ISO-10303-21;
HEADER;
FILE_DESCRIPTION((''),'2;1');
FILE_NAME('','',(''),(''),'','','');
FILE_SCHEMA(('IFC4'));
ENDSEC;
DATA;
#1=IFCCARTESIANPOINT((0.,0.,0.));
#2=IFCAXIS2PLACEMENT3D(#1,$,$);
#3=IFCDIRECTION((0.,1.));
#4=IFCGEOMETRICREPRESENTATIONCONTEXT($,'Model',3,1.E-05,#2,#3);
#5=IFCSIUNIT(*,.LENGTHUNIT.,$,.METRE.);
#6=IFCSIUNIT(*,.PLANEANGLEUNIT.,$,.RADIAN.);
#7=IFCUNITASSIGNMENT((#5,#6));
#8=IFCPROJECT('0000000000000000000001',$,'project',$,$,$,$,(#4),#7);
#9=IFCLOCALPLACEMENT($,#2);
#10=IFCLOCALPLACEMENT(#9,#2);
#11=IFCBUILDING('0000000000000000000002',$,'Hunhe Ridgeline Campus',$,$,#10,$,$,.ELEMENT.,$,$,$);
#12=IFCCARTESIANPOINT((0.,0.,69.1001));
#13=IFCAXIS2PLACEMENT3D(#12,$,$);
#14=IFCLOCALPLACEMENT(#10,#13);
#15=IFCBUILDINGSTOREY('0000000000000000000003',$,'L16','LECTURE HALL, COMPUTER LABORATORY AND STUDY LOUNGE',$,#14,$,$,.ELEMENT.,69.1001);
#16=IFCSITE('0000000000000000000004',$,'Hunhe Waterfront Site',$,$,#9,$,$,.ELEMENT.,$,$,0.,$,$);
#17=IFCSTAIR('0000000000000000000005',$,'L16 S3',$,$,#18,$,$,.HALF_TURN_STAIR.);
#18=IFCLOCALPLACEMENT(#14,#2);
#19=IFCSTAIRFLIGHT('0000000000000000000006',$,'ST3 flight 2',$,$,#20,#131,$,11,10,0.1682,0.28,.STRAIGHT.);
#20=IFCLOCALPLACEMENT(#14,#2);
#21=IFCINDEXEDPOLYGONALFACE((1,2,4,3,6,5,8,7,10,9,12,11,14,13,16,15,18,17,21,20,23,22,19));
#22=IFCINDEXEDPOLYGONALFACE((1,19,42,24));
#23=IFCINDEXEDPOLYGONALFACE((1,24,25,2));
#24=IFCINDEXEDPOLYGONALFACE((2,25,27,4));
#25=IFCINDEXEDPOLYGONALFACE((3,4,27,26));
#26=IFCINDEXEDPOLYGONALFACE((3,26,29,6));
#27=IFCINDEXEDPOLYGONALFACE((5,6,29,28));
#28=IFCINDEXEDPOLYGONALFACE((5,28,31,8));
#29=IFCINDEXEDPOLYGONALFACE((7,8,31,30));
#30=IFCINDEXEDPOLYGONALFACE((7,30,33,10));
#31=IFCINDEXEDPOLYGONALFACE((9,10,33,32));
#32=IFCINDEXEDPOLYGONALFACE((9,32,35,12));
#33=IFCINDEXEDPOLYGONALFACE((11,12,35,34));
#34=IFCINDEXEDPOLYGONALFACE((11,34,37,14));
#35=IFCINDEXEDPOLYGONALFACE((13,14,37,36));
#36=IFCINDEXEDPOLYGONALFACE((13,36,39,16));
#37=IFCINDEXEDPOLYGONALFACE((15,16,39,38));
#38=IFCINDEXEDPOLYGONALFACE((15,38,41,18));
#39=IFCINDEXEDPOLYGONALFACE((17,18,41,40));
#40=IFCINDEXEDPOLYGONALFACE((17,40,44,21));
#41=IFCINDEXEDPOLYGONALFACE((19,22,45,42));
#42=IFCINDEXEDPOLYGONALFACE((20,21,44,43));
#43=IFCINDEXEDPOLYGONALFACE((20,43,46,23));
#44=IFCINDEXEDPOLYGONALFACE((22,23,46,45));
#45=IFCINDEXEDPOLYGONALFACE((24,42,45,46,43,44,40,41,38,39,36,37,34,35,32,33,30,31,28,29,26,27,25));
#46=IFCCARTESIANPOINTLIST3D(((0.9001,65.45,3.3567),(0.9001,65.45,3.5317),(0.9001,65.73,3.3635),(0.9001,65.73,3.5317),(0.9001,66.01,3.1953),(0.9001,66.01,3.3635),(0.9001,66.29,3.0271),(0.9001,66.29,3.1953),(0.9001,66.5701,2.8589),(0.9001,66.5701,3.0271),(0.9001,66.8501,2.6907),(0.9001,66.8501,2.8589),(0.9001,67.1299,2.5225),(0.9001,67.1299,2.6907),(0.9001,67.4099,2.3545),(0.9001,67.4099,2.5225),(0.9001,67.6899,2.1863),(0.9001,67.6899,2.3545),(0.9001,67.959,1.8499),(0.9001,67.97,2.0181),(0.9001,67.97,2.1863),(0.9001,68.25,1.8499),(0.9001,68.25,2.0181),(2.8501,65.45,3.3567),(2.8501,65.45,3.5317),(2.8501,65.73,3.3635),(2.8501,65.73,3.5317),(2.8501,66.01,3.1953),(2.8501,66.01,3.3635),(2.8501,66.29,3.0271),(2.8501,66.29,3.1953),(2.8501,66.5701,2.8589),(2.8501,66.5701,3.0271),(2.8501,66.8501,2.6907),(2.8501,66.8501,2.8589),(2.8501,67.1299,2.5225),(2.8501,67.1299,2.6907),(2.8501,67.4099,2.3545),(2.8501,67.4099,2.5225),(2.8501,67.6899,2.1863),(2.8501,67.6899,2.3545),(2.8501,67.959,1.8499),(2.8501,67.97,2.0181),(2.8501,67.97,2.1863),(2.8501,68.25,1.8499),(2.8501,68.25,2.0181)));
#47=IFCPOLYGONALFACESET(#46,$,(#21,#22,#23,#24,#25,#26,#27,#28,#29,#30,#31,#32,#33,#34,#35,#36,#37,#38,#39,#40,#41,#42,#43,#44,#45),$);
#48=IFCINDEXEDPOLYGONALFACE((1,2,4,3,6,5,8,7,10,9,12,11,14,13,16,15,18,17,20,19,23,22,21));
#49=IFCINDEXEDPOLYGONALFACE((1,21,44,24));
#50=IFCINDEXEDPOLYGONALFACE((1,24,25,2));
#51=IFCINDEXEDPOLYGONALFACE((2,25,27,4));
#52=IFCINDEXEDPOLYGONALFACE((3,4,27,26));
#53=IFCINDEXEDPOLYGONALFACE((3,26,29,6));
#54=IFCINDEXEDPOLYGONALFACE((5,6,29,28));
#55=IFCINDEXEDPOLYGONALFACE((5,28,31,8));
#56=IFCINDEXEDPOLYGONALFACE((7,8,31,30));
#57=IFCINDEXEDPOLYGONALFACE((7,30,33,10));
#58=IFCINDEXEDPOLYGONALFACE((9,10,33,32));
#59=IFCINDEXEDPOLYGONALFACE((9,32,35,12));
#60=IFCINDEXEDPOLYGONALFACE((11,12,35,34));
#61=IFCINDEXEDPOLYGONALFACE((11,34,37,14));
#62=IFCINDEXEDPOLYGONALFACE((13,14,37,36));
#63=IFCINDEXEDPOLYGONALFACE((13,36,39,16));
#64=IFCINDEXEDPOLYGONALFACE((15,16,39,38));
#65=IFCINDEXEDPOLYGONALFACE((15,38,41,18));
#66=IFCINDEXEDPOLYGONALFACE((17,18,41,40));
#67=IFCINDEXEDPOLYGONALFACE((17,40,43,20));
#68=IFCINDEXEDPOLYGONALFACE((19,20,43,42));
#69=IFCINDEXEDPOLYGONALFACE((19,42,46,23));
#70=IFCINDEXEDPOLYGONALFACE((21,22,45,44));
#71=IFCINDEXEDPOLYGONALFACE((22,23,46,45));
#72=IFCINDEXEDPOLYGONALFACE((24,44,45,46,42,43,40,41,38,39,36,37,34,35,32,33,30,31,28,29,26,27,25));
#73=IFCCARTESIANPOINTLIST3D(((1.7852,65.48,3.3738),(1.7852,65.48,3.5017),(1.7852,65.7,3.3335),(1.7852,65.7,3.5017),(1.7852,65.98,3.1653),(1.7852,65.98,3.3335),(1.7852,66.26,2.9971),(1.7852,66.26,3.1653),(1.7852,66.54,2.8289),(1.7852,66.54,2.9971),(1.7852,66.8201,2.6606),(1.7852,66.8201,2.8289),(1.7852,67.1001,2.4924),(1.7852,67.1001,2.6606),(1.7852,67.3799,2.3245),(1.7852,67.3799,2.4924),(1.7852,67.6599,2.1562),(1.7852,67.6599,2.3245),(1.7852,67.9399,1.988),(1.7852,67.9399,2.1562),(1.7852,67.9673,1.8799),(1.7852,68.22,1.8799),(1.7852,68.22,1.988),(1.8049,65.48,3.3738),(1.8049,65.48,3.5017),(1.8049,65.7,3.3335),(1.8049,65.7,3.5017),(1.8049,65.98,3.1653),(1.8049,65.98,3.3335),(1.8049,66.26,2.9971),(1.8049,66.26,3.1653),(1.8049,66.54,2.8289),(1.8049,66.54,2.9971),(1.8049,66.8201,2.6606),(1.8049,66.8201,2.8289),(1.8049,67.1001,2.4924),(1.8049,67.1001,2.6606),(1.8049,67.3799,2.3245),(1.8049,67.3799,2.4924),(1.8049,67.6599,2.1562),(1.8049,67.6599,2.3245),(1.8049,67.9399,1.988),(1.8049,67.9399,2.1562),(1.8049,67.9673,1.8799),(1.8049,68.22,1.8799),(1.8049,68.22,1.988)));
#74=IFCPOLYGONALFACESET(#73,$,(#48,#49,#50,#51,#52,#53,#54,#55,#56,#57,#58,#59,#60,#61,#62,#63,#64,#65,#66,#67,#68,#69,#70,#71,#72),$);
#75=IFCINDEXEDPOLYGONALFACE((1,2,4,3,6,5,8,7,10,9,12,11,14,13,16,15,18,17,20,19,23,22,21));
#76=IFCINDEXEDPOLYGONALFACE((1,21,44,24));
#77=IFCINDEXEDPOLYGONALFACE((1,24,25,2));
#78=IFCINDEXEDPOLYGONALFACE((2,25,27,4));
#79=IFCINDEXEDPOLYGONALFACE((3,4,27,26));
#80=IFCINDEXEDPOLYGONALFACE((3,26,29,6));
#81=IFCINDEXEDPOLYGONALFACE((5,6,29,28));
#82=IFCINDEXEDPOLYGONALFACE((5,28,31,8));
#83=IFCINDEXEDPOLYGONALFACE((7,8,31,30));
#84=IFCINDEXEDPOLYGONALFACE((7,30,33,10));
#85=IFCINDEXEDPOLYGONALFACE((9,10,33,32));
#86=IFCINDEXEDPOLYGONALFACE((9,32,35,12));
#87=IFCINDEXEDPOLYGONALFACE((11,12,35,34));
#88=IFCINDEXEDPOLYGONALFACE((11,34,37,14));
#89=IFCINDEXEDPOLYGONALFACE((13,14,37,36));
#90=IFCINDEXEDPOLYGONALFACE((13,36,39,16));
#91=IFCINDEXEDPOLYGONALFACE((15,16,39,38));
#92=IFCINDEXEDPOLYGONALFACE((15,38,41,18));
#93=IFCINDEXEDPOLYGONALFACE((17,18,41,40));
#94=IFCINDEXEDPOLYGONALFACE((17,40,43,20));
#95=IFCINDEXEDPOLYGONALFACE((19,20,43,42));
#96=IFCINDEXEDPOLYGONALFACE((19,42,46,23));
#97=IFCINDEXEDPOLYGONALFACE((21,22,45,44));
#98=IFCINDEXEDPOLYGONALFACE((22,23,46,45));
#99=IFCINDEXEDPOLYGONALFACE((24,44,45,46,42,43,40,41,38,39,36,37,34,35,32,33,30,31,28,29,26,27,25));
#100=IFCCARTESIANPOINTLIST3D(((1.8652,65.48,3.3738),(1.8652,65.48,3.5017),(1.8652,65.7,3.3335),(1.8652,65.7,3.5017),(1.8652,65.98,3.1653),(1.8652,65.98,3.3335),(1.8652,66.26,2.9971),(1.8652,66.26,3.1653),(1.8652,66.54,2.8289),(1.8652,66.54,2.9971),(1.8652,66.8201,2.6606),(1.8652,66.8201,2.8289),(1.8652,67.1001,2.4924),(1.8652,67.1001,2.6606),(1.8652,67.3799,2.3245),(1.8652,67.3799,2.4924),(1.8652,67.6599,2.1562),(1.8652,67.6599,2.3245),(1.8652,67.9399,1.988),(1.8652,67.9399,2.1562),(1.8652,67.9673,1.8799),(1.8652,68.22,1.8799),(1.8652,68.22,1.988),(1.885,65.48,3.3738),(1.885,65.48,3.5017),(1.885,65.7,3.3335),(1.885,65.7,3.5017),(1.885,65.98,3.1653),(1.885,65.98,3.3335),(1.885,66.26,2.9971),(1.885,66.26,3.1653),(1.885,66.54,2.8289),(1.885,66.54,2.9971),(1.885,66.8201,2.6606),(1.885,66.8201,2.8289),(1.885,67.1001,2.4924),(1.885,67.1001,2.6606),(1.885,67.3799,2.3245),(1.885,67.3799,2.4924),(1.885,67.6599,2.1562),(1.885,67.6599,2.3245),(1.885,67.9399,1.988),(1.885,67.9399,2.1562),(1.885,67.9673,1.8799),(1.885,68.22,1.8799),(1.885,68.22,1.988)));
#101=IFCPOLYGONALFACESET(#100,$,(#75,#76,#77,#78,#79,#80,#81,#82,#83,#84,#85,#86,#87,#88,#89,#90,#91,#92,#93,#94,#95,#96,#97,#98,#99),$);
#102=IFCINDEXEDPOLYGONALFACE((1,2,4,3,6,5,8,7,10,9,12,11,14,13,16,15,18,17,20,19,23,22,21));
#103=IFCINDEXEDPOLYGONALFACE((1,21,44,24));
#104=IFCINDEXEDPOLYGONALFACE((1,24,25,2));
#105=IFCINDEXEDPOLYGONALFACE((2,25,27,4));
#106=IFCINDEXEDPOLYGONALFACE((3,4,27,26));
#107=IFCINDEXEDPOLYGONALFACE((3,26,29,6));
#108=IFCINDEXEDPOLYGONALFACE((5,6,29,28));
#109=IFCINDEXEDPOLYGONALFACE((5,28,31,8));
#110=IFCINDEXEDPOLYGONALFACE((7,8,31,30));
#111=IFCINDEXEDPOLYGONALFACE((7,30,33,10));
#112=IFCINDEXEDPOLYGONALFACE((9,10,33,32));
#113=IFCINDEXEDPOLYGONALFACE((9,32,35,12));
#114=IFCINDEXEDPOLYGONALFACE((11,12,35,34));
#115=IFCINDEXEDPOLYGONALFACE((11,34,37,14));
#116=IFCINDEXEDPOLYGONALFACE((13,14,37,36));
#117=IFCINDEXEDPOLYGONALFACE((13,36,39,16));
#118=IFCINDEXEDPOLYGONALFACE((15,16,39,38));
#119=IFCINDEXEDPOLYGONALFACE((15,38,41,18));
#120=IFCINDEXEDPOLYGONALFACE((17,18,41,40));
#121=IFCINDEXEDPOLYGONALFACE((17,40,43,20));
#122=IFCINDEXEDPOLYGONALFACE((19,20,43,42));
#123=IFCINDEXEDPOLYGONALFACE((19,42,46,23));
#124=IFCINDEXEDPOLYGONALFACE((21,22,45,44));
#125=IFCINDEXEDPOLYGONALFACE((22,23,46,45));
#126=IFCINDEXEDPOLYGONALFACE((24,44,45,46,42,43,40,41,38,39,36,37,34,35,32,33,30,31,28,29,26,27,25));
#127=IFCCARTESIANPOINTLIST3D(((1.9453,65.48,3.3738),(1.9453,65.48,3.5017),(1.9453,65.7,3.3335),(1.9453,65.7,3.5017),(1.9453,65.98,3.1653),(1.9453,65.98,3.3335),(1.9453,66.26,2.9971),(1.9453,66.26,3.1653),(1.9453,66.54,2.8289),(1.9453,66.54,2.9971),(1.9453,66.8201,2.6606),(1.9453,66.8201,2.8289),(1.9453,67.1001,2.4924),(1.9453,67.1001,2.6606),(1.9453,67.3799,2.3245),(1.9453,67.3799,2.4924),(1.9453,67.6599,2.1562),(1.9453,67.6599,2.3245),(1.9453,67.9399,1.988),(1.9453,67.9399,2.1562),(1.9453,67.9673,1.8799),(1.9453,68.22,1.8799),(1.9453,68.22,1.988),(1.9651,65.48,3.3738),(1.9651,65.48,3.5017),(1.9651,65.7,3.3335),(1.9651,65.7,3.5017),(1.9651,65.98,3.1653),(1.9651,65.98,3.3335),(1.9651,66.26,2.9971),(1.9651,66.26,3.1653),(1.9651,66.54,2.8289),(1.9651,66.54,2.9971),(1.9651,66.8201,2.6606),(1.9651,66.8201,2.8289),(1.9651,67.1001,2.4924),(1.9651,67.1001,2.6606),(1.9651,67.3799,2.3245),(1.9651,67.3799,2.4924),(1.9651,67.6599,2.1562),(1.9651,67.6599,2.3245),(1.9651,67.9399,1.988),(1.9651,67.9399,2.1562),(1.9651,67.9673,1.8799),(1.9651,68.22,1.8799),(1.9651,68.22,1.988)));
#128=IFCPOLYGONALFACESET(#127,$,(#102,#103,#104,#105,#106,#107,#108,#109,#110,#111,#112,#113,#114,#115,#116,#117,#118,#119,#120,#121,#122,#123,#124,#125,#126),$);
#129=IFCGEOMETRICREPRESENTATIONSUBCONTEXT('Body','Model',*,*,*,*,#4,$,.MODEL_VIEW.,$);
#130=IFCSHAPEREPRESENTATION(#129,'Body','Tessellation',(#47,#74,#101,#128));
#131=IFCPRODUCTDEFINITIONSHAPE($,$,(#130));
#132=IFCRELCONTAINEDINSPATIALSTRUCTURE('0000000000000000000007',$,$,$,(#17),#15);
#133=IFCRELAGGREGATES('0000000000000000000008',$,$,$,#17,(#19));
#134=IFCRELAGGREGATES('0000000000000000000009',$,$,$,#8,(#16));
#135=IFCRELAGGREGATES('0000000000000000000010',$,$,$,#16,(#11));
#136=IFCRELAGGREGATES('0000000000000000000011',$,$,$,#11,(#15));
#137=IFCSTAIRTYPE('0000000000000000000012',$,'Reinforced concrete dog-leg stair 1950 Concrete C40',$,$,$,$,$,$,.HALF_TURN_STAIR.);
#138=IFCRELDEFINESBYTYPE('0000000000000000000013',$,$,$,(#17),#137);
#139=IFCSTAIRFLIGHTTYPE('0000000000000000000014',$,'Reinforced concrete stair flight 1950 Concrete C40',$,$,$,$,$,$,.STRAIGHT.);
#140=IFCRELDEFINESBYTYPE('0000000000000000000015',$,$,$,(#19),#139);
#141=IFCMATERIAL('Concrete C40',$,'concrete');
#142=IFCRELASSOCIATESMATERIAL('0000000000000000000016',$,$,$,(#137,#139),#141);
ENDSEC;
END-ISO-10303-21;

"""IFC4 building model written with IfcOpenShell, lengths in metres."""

from ifc_helpers import new_model, si_unit, direction, frame, origin, place, context, subcontext, project, spatial, polyline, outline, extrude, material, type_object, element, aggregate, save


model = new_model("IFC4")

# Units and contexts
model_context = context("Model", 3, precision=1e-05, world=origin(), true_north=direction((0.0, 1.0)))
body_context = subcontext(model_context, "Body", "Model", "MODEL_VIEW")
ifc_project = project(units=[si_unit("LENGTHUNIT", "METRE"), si_unit("PLANEANGLEUNIT", "RADIAN")], contexts=[model_context])

# Site, building, storey
site_placement = place(None, origin())
site = spatial("IfcSite", under=ifc_project, at=site_placement, Name="Hunhe Waterfront Site", CompositionType="ELEMENT", RefElevation=0.0)
building_placement = place(site_placement, origin())
building = spatial("IfcBuilding", under=site, at=building_placement, Name="Hunhe Ridgeline Campus", CompositionType="ELEMENT")
storey_placement = place(building_placement, frame((0.0, 0.0, 69.1001)))
storey = spatial("IfcBuildingStorey", under=building, at=storey_placement, Name="L16", Description="LECTURE HALL, COMPUTER LABORATORY AND STUDY LOUNGE", CompositionType="ELEMENT", Elevation=69.1001)

# Stair, stair flight
ifc_material_1 = material(Name="Concrete C40", Category="concrete")
stair_type = type_object("IfcStairType", Name="Reinforced concrete dog-leg stair 1950 Concrete C40", PredefinedType="HALF_TURN_STAIR", material=ifc_material_1)
stair_1_placement = place(storey_placement, origin())
stair_1 = element("IfcStair", 1, at=stair_1_placement, inside=storey, type_object=stair_type, Name="L16 S3", PredefinedType="HALF_TURN_STAIR")
stair_flight_type = type_object("IfcStairFlightType", Name="Reinforced concrete stair flight 1950 Concrete C40", PredefinedType="STRAIGHT", material=ifc_material_1)
stair_flight_1_placement = place(storey_placement, frame((1.875, 68.25, 1.8499), z_axis=(0.0, 0.0, 1.0), x_axis=(0.0, -1.0, 0.0)))
stair_flight_1 = element("IfcStairFlight", 2, at=stair_flight_1_placement, type_object=stair_flight_type, Name="ST3 flight 2", NumberOfRisers=11, NumberOfTreads=10, PredefinedType="STRAIGHT", RiserHeight=0.1682, TreadLength=0.28, context=body_context, shape_type="SweptSolid", body=[
    extrude(outline(polyline([(0.0, 0.0), (0.0, 0.1682), (0.28, 0.1682), (0.28, 0.3364), (0.5601, 0.3364), (0.5601, 0.5046), (0.8401, 0.5046), (0.8401, 0.6726), (1.1201, 0.6726), (1.1201, 0.8408), (1.3999, 0.8408), (1.3999, 1.009), (1.6799, 1.009), (1.6799, 1.1772), (1.96, 1.1772), (1.96, 1.3455), (2.24, 1.3455), (2.24, 1.5137), (2.52, 1.5137), (2.52, 1.6819), (2.8, 1.6819), (2.8, 1.8501), (2.8, 1.5068), (0.291, 0.0), (0.0, 0.0)])), frame((0.0, 0.9751, 0.0), z_axis=(0.0, -1.0, 0.0), x_axis=(1.0, 0.0, 0.0)), (0.0, 0.0, 1.0), 1.95),
    extrude(outline(polyline([(0.03, 0.03), (0.03, 0.1382), (0.3101, 0.1382), (0.3101, 0.3064), (0.5901, 0.3064), (0.5901, 0.4746), (0.8701, 0.4746), (0.8701, 0.6426), (1.1499, 0.6426), (1.1499, 0.8108), (1.4299, 0.8108), (1.4299, 0.979), (1.71, 0.979), (1.71, 1.1472), (1.99, 1.1472), (1.99, 1.3154), (2.27, 1.3154), (2.27, 1.4836), (2.55, 1.4836), (2.55, 1.6519), (2.77, 1.6519), (2.77, 1.5239), (0.2827, 0.03), (0.03, 0.03)])), frame((0.0, -0.0701, 0.0), z_axis=(0.0, -1.0, 0.0), x_axis=(1.0, 0.0, 0.0)), (0.0, 0.0, 1.0), 0.0198),
    extrude(outline(polyline([(0.03, 0.03), (0.03, 0.1382), (0.3101, 0.1382), (0.3101, 0.3064), (0.5901, 0.3064), (0.5901, 0.4746), (0.8701, 0.4746), (0.8701, 0.6426), (1.1499, 0.6426), (1.1499, 0.8108), (1.4299, 0.8108), (1.4299, 0.979), (1.71, 0.979), (1.71, 1.1472), (1.99, 1.1472), (1.99, 1.3154), (2.27, 1.3154), (2.27, 1.4836), (2.55, 1.4836), (2.55, 1.6519), (2.77, 1.6519), (2.77, 1.5239), (0.2827, 0.03), (0.03, 0.03)])), frame((0.0, 0.01, 0.0), z_axis=(0.0, -1.0, 0.0), x_axis=(1.0, 0.0, 0.0)), (0.0, 0.0, 1.0), 0.0198),
    extrude(outline(polyline([(0.03, 0.03), (0.03, 0.1382), (0.3101, 0.1382), (0.3101, 0.3064), (0.5901, 0.3064), (0.5901, 0.4746), (0.8701, 0.4746), (0.8701, 0.6426), (1.1499, 0.6426), (1.1499, 0.8108), (1.4299, 0.8108), (1.4299, 0.979), (1.71, 0.979), (1.71, 1.1472), (1.99, 1.1472), (1.99, 1.3154), (2.27, 1.3154), (2.27, 1.4836), (2.55, 1.4836), (2.55, 1.6519), (2.77, 1.6519), (2.77, 1.5239), (0.2827, 0.03), (0.03, 0.03)])), frame((0.0, 0.0901, 0.0), z_axis=(0.0, -1.0, 0.0), x_axis=(1.0, 0.0, 0.0)), (0.0, 0.0, 1.0), 0.0198),
])
aggregate(stair_1, [stair_flight_1])

save(model, "model.ifc")
